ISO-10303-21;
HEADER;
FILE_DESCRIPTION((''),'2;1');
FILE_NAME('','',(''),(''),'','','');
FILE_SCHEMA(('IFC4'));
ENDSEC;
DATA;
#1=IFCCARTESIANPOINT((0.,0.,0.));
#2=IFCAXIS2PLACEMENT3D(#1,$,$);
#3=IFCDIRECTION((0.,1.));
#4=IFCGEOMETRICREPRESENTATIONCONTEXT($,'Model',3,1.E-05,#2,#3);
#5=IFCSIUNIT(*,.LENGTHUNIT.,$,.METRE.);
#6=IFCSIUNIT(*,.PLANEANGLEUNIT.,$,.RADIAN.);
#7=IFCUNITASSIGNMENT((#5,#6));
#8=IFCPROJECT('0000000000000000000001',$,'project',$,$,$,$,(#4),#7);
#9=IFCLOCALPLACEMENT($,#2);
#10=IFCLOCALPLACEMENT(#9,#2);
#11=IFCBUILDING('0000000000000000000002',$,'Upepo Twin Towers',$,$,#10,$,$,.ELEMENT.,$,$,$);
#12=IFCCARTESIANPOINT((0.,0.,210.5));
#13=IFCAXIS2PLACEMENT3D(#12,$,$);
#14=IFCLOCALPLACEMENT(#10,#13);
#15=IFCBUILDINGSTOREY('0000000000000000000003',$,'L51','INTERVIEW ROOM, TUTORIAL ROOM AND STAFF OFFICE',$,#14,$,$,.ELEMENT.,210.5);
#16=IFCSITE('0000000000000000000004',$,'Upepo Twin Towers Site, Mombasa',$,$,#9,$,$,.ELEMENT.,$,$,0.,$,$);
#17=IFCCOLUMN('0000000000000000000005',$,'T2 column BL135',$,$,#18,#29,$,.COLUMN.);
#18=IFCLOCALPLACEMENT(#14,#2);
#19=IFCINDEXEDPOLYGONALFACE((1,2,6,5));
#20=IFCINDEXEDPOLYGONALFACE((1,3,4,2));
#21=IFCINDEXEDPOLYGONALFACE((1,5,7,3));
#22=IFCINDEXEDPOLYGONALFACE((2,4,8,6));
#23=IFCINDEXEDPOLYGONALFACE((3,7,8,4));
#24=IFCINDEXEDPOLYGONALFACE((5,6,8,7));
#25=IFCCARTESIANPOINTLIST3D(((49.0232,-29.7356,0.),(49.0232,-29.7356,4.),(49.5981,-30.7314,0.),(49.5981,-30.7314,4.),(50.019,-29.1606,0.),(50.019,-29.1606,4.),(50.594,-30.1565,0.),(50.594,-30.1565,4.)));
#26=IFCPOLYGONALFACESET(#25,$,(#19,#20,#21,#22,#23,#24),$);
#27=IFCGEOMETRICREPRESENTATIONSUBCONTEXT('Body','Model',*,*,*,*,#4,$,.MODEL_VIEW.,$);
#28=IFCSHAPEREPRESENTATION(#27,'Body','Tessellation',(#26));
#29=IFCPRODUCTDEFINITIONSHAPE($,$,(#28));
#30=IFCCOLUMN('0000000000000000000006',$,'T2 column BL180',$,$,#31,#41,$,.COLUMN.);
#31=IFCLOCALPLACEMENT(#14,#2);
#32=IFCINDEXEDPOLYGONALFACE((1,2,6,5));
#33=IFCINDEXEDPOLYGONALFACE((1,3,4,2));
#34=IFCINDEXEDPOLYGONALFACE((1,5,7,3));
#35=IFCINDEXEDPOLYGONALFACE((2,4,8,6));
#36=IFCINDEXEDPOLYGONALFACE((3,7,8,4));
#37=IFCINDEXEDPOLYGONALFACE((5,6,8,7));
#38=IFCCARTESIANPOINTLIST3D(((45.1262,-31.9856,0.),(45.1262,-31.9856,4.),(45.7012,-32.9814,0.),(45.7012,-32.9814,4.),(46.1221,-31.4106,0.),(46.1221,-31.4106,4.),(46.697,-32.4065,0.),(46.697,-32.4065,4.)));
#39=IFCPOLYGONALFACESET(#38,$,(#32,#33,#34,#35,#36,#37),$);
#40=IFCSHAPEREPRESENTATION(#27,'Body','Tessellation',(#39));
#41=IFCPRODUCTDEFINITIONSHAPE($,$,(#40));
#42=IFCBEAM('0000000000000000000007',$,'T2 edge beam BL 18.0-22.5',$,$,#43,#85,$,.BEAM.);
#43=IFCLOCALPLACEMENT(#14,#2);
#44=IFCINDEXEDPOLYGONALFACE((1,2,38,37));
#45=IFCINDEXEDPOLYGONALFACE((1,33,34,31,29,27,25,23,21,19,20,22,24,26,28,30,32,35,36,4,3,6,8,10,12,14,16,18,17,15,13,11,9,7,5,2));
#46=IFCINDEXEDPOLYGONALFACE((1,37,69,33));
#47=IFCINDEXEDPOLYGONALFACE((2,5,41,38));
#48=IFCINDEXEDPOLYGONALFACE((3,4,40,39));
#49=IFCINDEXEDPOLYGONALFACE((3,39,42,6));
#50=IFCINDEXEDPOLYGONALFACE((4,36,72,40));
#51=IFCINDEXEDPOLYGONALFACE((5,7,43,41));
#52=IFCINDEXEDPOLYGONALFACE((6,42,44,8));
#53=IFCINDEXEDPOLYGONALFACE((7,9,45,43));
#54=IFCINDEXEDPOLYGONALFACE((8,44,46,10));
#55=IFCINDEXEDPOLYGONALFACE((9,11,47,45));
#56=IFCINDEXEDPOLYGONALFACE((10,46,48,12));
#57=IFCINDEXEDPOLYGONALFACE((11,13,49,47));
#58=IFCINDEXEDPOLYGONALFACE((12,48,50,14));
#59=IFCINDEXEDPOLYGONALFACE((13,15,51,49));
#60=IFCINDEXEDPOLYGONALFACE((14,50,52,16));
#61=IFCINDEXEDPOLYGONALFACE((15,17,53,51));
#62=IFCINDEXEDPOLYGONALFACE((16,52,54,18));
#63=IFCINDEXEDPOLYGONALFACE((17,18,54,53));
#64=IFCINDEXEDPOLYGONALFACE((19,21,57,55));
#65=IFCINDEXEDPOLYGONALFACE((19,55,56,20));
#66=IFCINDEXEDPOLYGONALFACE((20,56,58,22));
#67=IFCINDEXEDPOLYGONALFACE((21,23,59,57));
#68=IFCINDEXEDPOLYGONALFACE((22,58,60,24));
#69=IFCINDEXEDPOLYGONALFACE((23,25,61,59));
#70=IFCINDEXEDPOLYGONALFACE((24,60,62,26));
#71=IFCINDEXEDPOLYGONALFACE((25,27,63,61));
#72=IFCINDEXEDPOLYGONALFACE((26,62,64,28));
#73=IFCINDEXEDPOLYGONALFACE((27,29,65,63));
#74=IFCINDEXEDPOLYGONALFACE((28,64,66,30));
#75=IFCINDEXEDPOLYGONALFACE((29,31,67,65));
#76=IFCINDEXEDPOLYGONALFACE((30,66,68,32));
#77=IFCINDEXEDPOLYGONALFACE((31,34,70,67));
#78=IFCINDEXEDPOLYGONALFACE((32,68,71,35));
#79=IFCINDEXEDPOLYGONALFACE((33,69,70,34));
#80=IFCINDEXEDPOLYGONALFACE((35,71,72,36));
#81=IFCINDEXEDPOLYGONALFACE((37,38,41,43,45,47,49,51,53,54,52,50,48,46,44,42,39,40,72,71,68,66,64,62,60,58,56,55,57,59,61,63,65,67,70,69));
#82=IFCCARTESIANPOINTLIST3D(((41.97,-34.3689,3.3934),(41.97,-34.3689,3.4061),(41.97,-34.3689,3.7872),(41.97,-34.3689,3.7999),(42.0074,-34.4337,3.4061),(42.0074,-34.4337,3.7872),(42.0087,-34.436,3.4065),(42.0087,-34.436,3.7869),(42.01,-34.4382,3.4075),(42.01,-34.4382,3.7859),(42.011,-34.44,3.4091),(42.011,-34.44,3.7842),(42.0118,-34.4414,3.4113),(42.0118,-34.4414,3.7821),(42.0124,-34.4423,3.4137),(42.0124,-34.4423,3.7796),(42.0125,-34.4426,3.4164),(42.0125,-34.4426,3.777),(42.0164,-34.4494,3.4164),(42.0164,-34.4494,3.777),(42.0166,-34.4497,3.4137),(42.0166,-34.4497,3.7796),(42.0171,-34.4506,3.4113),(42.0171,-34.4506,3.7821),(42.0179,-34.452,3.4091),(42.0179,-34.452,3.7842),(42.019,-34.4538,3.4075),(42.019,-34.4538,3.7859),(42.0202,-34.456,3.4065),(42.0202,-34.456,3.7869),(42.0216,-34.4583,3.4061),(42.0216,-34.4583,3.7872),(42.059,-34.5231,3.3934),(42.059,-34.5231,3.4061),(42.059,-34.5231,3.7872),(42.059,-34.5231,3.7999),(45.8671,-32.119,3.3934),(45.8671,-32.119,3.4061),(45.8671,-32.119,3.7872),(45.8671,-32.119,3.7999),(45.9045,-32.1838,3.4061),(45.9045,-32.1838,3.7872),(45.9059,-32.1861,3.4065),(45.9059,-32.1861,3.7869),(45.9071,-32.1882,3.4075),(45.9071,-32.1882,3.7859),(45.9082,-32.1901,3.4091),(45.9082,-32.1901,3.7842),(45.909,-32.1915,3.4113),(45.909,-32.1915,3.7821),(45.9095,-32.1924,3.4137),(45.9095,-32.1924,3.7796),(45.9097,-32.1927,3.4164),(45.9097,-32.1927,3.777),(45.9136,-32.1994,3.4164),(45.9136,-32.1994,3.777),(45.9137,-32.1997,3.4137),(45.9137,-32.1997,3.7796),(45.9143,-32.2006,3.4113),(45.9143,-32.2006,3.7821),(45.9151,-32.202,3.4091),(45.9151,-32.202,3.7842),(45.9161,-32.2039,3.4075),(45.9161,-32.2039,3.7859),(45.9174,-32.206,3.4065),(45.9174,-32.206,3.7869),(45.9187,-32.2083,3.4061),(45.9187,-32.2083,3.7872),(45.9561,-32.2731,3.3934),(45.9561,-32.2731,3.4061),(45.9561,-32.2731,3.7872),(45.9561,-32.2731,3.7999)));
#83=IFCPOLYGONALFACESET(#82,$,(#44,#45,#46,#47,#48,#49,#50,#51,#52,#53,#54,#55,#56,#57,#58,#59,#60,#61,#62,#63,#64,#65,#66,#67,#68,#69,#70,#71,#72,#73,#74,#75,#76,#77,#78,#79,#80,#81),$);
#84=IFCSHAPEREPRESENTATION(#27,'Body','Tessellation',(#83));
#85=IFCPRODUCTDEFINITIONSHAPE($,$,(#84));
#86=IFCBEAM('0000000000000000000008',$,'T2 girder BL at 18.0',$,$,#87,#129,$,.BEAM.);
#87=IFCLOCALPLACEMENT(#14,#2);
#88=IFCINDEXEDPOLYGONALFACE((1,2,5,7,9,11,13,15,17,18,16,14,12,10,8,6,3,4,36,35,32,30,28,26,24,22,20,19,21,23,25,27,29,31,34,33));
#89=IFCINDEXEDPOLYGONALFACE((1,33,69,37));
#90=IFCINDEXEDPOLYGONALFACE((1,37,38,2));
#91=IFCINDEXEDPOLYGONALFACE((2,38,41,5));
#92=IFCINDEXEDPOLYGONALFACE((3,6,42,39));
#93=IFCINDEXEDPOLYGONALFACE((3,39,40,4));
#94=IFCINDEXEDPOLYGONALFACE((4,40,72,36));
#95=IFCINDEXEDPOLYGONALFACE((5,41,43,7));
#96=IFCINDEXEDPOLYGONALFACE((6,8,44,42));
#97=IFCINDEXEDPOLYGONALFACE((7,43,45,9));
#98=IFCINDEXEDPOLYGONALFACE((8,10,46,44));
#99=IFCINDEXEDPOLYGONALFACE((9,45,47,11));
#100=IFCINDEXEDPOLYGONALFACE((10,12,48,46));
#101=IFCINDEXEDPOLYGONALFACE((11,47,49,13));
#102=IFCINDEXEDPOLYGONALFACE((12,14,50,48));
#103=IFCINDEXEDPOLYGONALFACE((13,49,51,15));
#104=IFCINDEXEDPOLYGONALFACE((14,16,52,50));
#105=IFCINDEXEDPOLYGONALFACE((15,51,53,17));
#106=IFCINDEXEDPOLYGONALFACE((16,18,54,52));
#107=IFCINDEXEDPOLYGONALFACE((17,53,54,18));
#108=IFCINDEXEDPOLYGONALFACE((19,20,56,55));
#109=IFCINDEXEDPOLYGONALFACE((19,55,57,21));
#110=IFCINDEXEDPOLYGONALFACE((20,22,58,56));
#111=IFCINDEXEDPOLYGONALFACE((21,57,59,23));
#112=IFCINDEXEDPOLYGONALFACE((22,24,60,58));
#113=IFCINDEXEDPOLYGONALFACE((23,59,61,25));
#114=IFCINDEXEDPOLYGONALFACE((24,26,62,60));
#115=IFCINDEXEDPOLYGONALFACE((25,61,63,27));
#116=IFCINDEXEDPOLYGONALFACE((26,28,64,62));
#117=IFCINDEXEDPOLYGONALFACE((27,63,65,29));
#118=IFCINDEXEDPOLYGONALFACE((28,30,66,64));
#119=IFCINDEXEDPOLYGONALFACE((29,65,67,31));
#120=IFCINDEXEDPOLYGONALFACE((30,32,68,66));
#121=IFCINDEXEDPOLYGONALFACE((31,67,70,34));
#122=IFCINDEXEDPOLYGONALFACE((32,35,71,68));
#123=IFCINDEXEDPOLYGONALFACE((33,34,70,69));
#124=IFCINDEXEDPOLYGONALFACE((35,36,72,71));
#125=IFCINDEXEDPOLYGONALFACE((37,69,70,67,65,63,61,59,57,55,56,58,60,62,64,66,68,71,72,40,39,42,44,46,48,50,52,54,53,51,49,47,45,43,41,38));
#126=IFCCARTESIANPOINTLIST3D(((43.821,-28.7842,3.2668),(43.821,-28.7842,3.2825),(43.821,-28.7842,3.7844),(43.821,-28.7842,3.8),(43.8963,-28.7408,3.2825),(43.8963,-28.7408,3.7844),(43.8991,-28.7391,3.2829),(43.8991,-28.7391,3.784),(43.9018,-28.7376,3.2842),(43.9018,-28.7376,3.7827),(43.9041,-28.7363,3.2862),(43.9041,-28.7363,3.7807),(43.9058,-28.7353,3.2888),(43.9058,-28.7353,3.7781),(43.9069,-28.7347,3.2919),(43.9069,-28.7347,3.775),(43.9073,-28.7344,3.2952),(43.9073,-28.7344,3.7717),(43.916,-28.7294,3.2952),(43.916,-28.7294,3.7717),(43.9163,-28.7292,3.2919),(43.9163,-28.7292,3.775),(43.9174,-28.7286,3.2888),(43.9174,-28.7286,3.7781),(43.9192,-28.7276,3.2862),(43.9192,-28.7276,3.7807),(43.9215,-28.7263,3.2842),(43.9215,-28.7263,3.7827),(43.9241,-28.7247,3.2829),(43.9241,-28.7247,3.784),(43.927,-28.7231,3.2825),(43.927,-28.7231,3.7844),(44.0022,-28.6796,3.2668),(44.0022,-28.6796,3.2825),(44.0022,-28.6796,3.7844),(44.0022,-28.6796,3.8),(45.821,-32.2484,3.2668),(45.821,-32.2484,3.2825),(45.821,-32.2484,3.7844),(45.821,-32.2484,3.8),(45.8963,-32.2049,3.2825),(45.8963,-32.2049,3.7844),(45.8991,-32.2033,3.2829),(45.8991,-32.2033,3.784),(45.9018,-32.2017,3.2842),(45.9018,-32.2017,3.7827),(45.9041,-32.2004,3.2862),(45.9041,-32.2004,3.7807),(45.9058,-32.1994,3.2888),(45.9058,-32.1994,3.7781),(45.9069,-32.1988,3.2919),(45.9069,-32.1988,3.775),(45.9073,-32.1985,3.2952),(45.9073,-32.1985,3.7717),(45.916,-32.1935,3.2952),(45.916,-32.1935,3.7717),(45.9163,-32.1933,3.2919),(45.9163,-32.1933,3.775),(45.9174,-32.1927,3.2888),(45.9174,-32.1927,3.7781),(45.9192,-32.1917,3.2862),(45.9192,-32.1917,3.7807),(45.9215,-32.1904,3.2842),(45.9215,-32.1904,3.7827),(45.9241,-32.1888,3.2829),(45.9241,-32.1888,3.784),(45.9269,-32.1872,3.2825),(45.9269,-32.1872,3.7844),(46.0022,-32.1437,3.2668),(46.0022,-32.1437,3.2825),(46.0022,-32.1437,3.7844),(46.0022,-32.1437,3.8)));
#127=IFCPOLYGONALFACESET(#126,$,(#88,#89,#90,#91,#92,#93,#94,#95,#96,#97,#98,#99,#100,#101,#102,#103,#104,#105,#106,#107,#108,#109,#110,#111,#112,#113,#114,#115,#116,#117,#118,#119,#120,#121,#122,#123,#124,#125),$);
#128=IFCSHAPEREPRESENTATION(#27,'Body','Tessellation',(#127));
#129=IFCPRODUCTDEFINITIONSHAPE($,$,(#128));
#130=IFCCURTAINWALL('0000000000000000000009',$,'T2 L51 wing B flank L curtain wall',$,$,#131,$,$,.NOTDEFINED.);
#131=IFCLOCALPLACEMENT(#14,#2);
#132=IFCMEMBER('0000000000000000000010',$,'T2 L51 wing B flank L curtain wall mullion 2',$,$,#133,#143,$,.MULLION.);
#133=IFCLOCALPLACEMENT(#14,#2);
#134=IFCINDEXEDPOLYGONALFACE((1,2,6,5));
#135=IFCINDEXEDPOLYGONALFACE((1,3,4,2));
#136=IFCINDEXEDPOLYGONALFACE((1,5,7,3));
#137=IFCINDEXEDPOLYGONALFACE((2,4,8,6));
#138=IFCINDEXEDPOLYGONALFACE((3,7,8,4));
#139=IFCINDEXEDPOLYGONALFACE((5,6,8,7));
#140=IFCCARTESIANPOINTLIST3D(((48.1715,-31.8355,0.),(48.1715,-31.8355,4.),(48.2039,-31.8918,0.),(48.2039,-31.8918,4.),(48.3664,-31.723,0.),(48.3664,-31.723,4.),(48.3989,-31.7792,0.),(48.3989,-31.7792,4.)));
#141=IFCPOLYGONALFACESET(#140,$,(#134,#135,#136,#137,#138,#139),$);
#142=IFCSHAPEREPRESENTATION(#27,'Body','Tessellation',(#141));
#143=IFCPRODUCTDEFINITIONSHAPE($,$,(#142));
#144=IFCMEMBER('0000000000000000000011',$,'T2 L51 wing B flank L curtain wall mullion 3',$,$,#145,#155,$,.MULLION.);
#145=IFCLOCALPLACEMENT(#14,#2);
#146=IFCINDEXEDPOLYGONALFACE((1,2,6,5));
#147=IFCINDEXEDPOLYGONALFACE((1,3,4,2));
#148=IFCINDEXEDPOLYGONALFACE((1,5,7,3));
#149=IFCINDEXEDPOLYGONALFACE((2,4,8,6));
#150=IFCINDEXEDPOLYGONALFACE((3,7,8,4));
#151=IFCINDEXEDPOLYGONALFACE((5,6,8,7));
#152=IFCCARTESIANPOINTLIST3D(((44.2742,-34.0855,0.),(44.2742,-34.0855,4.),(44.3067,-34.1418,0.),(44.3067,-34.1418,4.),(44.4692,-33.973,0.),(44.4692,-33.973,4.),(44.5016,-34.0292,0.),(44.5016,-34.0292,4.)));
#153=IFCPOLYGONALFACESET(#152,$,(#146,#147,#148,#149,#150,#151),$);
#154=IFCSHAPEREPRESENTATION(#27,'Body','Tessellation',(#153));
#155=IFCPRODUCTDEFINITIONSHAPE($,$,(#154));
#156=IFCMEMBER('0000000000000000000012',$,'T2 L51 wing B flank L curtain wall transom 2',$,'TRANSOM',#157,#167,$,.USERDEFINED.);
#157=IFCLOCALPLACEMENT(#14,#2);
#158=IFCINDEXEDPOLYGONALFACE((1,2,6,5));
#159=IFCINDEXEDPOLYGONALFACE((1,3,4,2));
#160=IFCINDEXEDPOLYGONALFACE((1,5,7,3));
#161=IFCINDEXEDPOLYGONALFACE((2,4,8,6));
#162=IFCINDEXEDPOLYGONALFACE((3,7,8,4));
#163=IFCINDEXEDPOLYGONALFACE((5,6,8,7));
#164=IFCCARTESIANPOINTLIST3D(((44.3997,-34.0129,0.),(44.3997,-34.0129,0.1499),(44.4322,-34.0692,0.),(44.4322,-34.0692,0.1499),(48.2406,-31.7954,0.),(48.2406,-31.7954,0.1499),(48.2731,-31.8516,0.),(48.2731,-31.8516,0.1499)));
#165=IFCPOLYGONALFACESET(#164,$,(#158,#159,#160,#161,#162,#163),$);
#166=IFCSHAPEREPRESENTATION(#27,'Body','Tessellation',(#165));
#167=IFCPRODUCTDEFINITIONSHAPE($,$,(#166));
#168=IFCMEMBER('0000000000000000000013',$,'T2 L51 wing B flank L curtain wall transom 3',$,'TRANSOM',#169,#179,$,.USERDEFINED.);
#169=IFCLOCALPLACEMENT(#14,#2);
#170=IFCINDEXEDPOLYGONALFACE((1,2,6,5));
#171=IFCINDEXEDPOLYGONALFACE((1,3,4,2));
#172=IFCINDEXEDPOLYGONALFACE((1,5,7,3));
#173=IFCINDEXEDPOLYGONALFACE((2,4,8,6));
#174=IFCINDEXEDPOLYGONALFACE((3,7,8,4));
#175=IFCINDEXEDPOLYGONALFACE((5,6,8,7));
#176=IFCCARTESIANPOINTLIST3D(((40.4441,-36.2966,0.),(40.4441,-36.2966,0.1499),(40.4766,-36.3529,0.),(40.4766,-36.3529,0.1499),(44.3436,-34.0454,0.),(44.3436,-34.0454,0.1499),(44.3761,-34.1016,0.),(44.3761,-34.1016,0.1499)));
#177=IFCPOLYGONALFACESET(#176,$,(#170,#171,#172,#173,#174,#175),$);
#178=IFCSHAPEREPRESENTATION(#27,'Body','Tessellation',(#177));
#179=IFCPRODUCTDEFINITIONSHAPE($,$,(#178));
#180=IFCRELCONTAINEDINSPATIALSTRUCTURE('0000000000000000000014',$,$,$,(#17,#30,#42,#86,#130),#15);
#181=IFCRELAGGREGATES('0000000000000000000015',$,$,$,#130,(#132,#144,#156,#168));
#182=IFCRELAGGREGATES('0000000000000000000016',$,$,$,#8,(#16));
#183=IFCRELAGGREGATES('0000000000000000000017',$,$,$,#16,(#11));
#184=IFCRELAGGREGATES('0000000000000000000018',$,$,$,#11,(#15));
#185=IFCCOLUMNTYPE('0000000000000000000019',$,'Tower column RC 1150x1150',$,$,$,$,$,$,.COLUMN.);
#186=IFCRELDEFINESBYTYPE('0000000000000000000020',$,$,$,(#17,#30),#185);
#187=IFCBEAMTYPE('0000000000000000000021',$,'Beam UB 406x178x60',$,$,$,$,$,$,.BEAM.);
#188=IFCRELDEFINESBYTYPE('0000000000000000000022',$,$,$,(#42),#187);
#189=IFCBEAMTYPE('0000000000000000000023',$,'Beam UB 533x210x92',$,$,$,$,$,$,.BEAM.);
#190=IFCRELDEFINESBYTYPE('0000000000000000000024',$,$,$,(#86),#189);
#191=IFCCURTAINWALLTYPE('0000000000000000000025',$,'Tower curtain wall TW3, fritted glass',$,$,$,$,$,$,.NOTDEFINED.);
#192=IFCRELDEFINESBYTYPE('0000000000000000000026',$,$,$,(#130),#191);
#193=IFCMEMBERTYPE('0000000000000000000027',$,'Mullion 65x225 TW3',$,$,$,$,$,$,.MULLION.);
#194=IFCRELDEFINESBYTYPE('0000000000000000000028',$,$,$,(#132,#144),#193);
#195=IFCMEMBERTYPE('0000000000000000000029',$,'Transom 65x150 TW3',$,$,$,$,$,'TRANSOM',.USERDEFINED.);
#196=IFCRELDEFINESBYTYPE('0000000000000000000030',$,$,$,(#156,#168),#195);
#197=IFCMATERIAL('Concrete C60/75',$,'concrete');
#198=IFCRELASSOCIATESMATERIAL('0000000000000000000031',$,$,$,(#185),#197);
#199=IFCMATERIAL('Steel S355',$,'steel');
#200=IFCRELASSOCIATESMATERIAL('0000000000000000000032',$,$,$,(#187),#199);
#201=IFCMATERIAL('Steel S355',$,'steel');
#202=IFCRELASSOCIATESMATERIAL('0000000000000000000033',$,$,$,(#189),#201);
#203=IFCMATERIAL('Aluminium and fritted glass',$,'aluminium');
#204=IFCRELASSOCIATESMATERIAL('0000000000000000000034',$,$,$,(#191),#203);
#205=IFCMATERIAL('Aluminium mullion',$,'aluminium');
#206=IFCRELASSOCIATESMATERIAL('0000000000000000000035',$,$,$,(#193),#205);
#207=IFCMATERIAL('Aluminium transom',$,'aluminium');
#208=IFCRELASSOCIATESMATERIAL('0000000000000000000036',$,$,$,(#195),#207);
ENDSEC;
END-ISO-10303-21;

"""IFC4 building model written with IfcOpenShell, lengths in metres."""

from ifc_helpers import new_model, si_unit, direction, frame, origin, origin_2d, place, context, subcontext, project, spatial, rectangle, i_section, extrude, material, material_profile, profile_set, type_object, element, aggregate, save


model = new_model("IFC4")

# Units and contexts
model_context = context("Model", 3, precision=1e-05, world=origin(), true_north=direction((0.0, 1.0)))
body_context = subcontext(model_context, "Body", "Model", "MODEL_VIEW")
ifc_project = project(units=[si_unit("LENGTHUNIT", "METRE"), si_unit("PLANEANGLEUNIT", "RADIAN")], contexts=[model_context])

# Site, building, storey
site_placement = place(None, origin())
site = spatial("IfcSite", under=ifc_project, at=site_placement, Name="Upepo Twin Towers Site, Mombasa", CompositionType="ELEMENT", RefElevation=0.0)
building_placement = place(site_placement, origin())
building = spatial("IfcBuilding", under=site, at=building_placement, Name="Upepo Twin Towers", CompositionType="ELEMENT")
storey_placement = place(building_placement, frame((0.0, 0.0, 210.5)))
storey = spatial("IfcBuildingStorey", under=building, at=storey_placement, Name="L51", Description="INTERVIEW ROOM, TUTORIAL ROOM AND STAFF OFFICE", CompositionType="ELEMENT", Elevation=210.5)

# Columns
ifc_material_1 = material(Name="Concrete C60/75", Category="concrete")
ifc_material_profile_1 = material_profile(ifc_material_1, rectangle(XDim=1.1499, YDim=1.1499, at=origin_2d()), Name="RC 1150x1150")
ifc_profile_set_1 = profile_set([ifc_material_profile_1], Name="Concrete C60/75")
column_type = type_object("IfcColumnType", Name="Tower column RC 1150x1150", PredefinedType="COLUMN", material=ifc_profile_set_1)
for number, where, z_axis, x_axis, name in (
    (1, (49.8086, -29.946, 0.0), (0.0, 0.0, 1.0), (0.866025, 0.5, 0.0), "T2 column BL135"),
    (2, (45.9116, -32.196, 0.0), (0.0, 0.0, 1.0), (0.866025, 0.5, 0.0), "T2 column BL180"),
):
    element("IfcColumn", number, at=place(storey_placement, frame(where, z_axis=z_axis, x_axis=x_axis)), inside=storey, type_object=column_type, Name=name, PredefinedType="COLUMN", context=body_context, shape_type="SweptSolid", body=[
        extrude(rectangle(XDim=1.1499, YDim=1.1499, at=origin_2d()), origin(), (0.0, 0.0, 1.0), 4.0),
    ])

# Beams
ifc_material_2 = material(Name="Steel S355", Category="steel")
ifc_material_profile_2 = material_profile(ifc_material_2, i_section(OverallWidth=0.178, OverallDepth=0.4065, WebThickness=0.0078, FlangeThickness=0.0127, FilletRadius=0.0103, at=origin_2d()), Name="UB 406x178x60")
ifc_profile_set_2 = profile_set([ifc_material_profile_2], Name="Steel S355")
beam_type_1 = type_object("IfcBeamType", Name="Beam UB 406x178x60", PredefinedType="BEAM", material=ifc_profile_set_2)
beam_1_placement = place(storey_placement, frame((45.9116, -32.196, 3.5967), z_axis=(-0.866031, -0.49999, 0.0), x_axis=(0.49999, -0.866031, 0.0)))
element("IfcBeam", 3, at=beam_1_placement, inside=storey, type_object=beam_type_1, Name="T2 edge beam BL 18.0-22.5", PredefinedType="BEAM", context=body_context, shape_type="SweptSolid", body=[
    extrude(i_section(OverallWidth=0.178, OverallDepth=0.4065, WebThickness=0.0078, FlangeThickness=0.0127, FilletRadius=0.0103, at=origin_2d()), origin(), (0.0, 0.0, 1.0), 4.5),
])
ifc_material_3 = material(Name="Steel S355", Category="steel")
ifc_material_profile_3 = material_profile(ifc_material_3, i_section(OverallWidth=0.2092, OverallDepth=0.5332, WebThickness=0.01, FlangeThickness=0.0156, FilletRadius=0.0127, at=origin_2d()), Name="UB 533x210x92")
ifc_profile_set_3 = profile_set([ifc_material_profile_3], Name="Steel S355")
beam_type_2 = type_object("IfcBeamType", Name="Beam UB 533x210x92", PredefinedType="BEAM", material=ifc_profile_set_3)
beam_2_placement = place(storey_placement, frame((45.9116, -32.196, 3.5334), z_axis=(-0.499999, 0.866026, 0.0), x_axis=(-0.866026, -0.499999, 0.0)))
element("IfcBeam", 4, at=beam_2_placement, inside=storey, type_object=beam_type_2, Name="T2 girder BL at 18.0", PredefinedType="BEAM", context=body_context, shape_type="SweptSolid", body=[
    extrude(i_section(OverallWidth=0.2092, OverallDepth=0.5332, WebThickness=0.01, FlangeThickness=0.0156, FilletRadius=0.0127, at=origin_2d()), origin(), (0.0, 0.0, 1.0), 4.0),
])

# Curtain wall, members
ifc_material_4 = material(Name="Aluminium and fritted glass", Category="aluminium")
curtain_wall_type = type_object("IfcCurtainWallType", Name="Tower curtain wall TW3, fritted glass", PredefinedType="NOTDEFINED", material=ifc_material_4)
curtain_wall_placement = place(storey_placement, origin())
curtain_wall = element("IfcCurtainWall", 5, at=curtain_wall_placement, inside=storey, type_object=curtain_wall_type, Name="T2 L51 wing B flank L curtain wall", PredefinedType="NOTDEFINED")
ifc_material_5 = material(Name="Aluminium mullion", Category="aluminium")
ifc_material_profile_4 = material_profile(ifc_material_5, rectangle(XDim=0.0649, YDim=0.2251, at=origin_2d()), Name="MULLION 65x225")
ifc_profile_set_4 = profile_set([ifc_material_profile_4], Name="Aluminium mullion")
member_type_1 = type_object("IfcMemberType", Name="Mullion 65x225 TW3", PredefinedType="MULLION", material=ifc_profile_set_4)
member_1_placement = place(storey_placement, frame((48.2852, -31.8074, 0.0), z_axis=(0.0, 0.0, 1.0), x_axis=(0.5, -0.866025, 0.0)))
member_1 = element("IfcMember", 6, at=member_1_placement, type_object=member_type_1, Name="T2 L51 wing B flank L curtain wall mullion 2", PredefinedType="MULLION", context=body_context, shape_type="SweptSolid", body=[
    extrude(rectangle(XDim=0.0649, YDim=0.2251, at=origin_2d()), origin(), (0.0, 0.0, 1.0), 4.0),
])
member_2_placement = place(storey_placement, frame((44.3879, -34.0574, 0.0), z_axis=(0.0, 0.0, 1.0), x_axis=(0.5, -0.866025, 0.0)))
member_2 = element("IfcMember", 7, at=member_2_placement, type_object=member_type_1, Name="T2 L51 wing B flank L curtain wall mullion 3", PredefinedType="MULLION", context=body_context, shape_type="SweptSolid", body=[
    extrude(rectangle(XDim=0.0649, YDim=0.2251, at=origin_2d()), origin(), (0.0, 0.0, 1.0), 4.0),
])
ifc_material_6 = material(Name="Aluminium transom", Category="aluminium")
ifc_material_profile_5 = material_profile(ifc_material_6, rectangle(XDim=0.0649, YDim=0.1499, at=origin_2d()), Name="TRANSOM 65x150")
ifc_profile_set_5 = profile_set([ifc_material_profile_5], Name="Aluminium transom")
member_type_2 = type_object("IfcMemberType", Name="Transom 65x150 TW3", ElementType="TRANSOM", PredefinedType="USERDEFINED", material=ifc_profile_set_5)
member_3_placement = place(storey_placement, frame((48.2568, -31.8235, 0.075), z_axis=(-0.866022, -0.500005, 0.0), x_axis=(0.500005, -0.866022, 0.0)))
member_3 = element("IfcMember", 8, at=member_3_placement, type_object=member_type_2, Name="T2 L51 wing B flank L curtain wall transom 2", ObjectType="TRANSOM", PredefinedType="USERDEFINED", context=body_context, shape_type="SweptSolid", body=[
    extrude(rectangle(XDim=0.0649, YDim=0.1499, at=origin_2d()), origin(), (0.0, 0.0, 1.0), 4.4351),
])
member_4_placement = place(storey_placement, frame((44.3599, -34.0735, 0.075), z_axis=(-0.866036, -0.499982, 0.0), x_axis=(0.499982, -0.866036, 0.0)))
member_4 = element("IfcMember", 9, at=member_4_placement, type_object=member_type_2, Name="T2 L51 wing B flank L curtain wall transom 3", ObjectType="TRANSOM", PredefinedType="USERDEFINED", context=body_context, shape_type="SweptSolid", body=[
    extrude(rectangle(XDim=0.0649, YDim=0.1499, at=origin_2d()), origin(), (0.0, 0.0, 1.0), 4.5027),
])
aggregate(curtain_wall, [member_1, member_2, member_3, member_4])

save(model, "model.ifc")
